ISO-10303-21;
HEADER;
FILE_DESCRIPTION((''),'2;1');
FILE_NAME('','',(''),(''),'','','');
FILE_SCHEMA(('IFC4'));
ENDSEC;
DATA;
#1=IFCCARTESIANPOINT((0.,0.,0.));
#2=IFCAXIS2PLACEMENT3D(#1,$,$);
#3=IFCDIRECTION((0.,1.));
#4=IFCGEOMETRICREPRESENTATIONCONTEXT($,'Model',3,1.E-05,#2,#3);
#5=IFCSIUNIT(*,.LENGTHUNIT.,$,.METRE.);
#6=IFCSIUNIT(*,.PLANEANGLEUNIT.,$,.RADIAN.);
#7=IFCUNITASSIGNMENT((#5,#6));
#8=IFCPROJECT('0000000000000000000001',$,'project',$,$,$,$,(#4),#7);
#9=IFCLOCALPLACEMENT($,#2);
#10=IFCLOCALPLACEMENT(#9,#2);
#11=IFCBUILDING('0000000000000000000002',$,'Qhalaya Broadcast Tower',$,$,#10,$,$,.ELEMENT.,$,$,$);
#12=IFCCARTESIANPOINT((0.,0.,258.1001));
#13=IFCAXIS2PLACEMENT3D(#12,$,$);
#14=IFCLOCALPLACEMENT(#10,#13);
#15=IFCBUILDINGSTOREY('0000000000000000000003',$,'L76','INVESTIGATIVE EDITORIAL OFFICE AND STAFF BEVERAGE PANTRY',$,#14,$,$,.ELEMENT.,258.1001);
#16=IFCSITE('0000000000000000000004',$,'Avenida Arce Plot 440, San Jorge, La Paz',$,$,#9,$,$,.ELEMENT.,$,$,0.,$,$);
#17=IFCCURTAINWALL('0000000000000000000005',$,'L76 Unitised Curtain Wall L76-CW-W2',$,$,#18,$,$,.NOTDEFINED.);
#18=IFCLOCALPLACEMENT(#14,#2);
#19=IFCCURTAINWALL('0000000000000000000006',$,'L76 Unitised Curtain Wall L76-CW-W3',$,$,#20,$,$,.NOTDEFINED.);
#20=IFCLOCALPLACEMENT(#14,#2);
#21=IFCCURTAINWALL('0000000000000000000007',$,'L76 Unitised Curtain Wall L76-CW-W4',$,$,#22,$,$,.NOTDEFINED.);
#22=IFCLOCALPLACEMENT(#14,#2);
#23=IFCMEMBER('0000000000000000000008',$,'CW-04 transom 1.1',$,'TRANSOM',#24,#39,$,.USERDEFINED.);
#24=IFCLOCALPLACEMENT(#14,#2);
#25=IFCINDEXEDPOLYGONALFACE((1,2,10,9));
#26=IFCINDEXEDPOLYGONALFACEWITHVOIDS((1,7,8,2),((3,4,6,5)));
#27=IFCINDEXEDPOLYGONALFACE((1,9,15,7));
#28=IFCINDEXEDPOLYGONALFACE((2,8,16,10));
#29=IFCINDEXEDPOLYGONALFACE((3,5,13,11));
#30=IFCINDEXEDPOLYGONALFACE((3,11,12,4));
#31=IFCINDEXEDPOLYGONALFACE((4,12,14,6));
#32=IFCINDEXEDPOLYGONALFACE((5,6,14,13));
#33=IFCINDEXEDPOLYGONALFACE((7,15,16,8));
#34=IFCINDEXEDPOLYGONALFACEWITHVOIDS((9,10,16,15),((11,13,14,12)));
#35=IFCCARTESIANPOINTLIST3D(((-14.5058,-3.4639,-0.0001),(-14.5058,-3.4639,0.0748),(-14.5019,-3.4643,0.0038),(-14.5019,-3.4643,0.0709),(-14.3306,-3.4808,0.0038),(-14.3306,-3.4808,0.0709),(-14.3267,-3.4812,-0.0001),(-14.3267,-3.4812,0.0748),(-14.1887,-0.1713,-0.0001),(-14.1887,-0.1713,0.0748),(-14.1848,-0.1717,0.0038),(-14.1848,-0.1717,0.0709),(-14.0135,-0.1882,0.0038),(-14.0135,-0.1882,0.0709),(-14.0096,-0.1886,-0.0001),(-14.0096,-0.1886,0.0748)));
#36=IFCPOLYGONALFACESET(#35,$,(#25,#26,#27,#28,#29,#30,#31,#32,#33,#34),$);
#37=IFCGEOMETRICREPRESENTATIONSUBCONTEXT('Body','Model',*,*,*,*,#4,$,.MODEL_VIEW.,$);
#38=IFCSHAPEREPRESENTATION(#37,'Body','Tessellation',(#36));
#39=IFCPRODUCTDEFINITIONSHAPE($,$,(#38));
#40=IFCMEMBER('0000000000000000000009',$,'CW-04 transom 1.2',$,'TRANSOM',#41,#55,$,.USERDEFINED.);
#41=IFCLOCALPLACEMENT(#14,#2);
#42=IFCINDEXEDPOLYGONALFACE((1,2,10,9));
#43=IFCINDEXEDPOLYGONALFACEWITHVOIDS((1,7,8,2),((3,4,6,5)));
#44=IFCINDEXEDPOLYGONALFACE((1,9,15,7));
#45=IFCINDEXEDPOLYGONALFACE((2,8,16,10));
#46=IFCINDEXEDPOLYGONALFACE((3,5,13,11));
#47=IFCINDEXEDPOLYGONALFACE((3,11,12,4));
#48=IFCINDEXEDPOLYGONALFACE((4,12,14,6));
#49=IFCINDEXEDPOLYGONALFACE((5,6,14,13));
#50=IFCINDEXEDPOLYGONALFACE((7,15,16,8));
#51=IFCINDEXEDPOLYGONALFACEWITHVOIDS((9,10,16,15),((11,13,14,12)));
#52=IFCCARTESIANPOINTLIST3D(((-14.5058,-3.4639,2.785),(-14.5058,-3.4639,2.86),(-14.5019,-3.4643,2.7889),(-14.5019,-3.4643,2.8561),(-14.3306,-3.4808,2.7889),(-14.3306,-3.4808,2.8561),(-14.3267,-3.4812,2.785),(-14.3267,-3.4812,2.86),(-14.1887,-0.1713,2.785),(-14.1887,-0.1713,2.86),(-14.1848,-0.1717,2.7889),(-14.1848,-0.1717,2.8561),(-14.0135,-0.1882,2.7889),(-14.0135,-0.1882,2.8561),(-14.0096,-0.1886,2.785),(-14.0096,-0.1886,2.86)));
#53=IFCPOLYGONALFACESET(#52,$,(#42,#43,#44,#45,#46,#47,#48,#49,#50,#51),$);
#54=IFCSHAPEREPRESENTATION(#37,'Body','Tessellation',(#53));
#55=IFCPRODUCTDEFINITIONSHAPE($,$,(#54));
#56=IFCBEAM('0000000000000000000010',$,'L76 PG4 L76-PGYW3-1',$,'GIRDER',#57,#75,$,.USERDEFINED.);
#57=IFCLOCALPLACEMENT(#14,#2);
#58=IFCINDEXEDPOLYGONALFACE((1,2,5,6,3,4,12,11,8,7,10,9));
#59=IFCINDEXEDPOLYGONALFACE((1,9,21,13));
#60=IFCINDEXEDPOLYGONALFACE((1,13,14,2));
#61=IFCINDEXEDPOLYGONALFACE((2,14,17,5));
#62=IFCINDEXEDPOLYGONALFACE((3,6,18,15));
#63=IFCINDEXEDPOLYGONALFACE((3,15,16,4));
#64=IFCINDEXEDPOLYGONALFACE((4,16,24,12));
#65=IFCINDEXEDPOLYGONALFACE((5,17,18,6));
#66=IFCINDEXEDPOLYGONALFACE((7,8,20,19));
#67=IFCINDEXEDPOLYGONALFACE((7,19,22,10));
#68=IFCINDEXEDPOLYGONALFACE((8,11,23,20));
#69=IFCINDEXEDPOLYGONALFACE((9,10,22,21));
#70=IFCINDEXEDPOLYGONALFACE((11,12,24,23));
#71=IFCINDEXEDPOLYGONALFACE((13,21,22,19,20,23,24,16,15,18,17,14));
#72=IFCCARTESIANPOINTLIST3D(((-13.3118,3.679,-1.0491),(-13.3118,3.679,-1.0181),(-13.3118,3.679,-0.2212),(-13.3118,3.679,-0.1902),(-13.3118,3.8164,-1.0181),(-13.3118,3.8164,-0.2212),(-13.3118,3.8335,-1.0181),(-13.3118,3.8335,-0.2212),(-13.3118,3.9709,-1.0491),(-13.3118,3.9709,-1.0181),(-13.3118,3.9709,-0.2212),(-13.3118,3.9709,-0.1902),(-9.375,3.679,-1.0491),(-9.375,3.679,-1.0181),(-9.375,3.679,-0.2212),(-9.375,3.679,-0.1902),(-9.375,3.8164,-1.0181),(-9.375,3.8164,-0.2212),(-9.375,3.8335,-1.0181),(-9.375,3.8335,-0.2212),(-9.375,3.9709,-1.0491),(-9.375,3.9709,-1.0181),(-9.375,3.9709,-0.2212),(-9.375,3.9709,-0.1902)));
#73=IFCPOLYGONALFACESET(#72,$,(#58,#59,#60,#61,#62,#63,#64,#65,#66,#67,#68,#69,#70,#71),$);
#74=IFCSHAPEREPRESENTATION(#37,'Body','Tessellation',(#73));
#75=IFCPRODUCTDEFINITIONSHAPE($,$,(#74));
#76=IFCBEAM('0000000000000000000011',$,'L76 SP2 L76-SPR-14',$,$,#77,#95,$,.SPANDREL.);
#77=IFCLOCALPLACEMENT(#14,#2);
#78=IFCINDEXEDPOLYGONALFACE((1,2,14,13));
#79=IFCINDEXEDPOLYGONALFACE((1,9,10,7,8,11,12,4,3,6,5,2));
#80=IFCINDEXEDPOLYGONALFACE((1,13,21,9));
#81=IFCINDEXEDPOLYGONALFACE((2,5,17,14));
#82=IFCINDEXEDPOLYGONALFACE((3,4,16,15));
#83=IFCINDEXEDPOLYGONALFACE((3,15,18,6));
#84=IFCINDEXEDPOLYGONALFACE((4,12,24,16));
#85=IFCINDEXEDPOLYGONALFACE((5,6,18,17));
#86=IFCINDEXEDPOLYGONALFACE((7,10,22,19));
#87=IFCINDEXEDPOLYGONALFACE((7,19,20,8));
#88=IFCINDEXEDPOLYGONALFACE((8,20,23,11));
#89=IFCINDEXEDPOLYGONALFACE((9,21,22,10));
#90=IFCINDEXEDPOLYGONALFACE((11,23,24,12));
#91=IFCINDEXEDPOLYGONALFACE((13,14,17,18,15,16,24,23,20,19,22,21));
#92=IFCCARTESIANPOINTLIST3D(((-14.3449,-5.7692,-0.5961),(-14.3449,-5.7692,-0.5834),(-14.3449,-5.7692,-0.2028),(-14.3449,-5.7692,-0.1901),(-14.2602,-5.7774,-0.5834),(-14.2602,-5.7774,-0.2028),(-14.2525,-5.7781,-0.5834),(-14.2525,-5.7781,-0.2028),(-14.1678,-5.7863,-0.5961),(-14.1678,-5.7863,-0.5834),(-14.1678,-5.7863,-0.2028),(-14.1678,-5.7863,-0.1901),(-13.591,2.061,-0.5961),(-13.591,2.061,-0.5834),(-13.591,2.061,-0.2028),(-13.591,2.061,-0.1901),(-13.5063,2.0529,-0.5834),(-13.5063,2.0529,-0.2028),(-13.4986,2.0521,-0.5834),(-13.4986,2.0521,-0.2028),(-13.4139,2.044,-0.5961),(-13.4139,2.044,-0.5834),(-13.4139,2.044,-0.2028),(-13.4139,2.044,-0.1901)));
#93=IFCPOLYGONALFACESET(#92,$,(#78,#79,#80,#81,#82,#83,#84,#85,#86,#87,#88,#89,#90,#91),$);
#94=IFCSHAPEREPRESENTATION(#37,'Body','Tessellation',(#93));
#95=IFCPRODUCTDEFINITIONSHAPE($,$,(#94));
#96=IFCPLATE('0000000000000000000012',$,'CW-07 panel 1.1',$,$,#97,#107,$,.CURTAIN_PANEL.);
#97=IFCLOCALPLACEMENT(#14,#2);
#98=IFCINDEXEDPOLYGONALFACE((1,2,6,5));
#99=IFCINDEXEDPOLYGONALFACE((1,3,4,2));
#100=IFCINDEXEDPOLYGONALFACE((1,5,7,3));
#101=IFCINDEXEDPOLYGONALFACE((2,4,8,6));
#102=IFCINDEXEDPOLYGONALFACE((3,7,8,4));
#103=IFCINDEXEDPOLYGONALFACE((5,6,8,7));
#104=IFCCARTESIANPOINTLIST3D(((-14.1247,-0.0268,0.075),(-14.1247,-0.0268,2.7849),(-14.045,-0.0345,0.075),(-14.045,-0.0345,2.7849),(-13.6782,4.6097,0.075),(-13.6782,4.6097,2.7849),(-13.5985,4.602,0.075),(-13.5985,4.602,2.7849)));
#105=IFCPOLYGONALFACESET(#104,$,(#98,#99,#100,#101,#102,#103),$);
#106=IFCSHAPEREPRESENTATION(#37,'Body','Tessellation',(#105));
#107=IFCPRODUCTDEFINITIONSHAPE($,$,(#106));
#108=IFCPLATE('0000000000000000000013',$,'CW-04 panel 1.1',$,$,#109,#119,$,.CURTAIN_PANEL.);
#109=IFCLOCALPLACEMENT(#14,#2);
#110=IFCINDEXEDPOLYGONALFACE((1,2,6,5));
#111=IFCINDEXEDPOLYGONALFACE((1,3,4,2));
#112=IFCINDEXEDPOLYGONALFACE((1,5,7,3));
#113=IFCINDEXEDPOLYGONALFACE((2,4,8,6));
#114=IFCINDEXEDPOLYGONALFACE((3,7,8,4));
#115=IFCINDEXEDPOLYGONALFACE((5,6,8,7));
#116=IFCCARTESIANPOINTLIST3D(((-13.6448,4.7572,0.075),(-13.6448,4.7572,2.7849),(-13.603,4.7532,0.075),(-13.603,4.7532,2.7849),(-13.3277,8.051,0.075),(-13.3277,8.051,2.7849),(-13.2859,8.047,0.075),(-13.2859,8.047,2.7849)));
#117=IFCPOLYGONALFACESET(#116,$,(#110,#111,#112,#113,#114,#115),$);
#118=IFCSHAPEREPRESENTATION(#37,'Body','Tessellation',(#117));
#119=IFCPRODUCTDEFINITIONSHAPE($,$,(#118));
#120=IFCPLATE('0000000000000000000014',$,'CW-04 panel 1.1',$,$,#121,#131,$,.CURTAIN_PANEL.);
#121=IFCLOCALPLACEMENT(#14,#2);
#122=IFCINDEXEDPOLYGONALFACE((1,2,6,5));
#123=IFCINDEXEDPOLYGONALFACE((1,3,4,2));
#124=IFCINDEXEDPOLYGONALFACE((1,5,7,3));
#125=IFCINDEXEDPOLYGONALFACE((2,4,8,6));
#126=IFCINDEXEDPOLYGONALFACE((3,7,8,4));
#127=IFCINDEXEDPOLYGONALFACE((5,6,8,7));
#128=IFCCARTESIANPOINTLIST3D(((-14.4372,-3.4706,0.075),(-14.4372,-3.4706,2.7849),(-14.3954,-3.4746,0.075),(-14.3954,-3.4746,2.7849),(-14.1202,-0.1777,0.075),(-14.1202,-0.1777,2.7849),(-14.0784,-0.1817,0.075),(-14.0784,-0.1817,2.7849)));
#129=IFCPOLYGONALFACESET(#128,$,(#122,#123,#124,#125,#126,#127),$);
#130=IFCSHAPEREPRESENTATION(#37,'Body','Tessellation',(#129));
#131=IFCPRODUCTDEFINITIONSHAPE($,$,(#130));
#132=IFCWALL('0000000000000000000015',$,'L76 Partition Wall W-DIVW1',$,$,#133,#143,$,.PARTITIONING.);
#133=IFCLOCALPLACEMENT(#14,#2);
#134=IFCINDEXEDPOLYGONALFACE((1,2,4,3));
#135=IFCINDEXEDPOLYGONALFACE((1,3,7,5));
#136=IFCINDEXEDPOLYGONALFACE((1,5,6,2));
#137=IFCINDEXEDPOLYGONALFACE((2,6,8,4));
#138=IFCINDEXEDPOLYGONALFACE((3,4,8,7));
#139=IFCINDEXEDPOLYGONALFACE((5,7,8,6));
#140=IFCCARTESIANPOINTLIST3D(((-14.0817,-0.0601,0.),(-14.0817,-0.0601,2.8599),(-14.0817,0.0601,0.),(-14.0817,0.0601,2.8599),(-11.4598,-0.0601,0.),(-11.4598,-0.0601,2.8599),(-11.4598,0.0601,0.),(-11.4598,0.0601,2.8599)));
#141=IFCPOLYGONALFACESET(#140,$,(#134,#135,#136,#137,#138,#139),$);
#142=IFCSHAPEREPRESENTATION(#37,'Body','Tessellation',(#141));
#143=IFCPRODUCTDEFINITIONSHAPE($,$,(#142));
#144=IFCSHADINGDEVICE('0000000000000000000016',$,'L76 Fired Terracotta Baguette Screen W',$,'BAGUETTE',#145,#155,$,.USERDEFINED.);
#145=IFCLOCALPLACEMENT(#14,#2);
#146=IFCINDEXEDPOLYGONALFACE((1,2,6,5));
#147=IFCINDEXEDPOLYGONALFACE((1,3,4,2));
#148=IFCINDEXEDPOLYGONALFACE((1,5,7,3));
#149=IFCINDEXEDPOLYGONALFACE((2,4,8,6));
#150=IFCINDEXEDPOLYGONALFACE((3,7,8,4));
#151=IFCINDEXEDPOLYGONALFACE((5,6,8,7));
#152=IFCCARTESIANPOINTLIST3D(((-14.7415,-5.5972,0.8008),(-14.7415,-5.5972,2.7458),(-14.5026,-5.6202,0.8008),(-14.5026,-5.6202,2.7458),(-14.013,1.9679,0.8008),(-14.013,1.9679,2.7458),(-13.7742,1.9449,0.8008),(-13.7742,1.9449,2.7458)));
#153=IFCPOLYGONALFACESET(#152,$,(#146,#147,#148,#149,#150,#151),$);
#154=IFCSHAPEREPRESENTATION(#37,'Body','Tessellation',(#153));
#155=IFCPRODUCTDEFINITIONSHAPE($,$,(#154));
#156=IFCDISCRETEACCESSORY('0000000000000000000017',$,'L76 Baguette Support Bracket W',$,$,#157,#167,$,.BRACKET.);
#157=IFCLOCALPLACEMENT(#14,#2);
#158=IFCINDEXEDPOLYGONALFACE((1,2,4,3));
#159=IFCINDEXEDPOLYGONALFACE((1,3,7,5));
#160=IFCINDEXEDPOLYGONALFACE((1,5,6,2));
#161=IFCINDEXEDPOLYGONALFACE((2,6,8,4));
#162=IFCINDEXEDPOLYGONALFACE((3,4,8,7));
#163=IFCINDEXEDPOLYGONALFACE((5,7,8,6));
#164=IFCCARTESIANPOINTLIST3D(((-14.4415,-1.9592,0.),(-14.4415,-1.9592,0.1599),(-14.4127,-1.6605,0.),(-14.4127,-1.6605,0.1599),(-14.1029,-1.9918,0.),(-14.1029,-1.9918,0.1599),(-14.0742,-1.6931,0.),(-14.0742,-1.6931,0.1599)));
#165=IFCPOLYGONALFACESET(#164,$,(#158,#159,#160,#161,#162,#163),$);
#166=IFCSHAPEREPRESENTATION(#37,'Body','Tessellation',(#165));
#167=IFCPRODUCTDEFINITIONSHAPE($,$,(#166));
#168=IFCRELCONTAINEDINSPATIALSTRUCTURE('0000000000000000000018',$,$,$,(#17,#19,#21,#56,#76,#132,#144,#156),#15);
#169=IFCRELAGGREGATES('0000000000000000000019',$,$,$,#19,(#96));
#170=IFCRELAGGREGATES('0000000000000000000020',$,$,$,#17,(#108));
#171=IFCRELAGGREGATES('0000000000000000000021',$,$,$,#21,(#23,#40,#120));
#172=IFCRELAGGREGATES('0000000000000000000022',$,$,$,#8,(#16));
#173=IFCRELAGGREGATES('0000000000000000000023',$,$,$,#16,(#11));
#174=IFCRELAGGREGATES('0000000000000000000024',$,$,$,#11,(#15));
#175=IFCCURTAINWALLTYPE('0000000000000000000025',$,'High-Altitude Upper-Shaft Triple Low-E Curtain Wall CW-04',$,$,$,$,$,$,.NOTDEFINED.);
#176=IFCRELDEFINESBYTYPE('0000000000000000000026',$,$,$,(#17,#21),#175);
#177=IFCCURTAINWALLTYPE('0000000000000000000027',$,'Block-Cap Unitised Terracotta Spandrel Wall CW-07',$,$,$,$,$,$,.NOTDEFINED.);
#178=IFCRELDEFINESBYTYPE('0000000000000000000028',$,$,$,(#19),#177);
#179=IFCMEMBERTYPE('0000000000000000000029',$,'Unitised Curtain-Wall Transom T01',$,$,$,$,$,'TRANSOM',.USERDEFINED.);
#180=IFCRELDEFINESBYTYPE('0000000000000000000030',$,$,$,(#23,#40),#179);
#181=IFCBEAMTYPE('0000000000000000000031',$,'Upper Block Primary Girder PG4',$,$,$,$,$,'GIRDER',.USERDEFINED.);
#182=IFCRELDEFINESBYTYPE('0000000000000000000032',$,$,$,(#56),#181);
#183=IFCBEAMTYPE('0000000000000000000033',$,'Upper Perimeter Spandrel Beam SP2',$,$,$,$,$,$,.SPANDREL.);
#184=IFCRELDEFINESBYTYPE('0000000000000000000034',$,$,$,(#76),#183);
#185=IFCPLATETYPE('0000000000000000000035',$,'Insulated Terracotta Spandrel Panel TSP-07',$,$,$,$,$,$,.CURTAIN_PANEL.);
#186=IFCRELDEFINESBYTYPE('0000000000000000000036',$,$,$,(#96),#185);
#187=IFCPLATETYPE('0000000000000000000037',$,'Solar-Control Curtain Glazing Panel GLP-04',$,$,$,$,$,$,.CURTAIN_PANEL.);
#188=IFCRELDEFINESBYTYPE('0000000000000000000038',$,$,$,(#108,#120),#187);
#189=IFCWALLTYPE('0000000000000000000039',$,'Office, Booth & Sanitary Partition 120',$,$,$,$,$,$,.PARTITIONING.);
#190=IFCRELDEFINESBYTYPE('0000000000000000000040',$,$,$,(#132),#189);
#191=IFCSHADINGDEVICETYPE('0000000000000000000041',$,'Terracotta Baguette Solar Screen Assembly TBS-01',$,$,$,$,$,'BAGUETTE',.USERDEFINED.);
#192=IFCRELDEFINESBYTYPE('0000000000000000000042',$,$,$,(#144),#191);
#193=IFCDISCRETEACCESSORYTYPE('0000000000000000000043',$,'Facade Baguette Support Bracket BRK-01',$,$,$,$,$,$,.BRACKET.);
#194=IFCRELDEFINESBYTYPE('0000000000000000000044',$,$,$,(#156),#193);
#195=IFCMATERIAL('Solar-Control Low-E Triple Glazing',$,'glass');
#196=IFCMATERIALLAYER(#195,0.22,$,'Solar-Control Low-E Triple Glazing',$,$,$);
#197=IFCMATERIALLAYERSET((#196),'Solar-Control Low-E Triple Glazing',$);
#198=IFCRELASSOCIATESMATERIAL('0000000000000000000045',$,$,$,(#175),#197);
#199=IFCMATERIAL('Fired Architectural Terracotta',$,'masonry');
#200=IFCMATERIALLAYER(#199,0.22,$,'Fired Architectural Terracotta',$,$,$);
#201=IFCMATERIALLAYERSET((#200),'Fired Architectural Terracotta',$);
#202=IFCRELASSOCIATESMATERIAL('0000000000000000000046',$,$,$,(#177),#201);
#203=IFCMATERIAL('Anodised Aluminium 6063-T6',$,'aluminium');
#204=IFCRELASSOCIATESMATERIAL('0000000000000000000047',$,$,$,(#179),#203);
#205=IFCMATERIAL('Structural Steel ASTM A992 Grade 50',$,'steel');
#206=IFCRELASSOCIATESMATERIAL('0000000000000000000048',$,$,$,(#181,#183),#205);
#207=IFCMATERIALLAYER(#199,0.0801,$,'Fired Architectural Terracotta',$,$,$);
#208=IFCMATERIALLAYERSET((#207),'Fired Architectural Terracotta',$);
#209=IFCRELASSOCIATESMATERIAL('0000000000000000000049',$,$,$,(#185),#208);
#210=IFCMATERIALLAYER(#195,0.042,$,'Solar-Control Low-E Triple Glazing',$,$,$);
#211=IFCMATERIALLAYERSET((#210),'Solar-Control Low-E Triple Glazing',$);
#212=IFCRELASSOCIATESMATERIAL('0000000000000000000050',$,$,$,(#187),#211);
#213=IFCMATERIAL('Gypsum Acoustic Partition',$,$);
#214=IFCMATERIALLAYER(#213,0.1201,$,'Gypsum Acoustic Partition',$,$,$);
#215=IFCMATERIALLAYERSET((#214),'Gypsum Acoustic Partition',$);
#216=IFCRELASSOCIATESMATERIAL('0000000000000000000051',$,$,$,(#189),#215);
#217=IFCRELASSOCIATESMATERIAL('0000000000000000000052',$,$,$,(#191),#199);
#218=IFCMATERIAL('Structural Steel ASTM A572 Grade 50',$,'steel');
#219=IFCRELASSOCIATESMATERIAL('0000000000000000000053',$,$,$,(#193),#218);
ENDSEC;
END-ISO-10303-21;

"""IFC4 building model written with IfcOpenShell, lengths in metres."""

from ifc_helpers import new_model, si_unit, direction, frame, frame_2d, origin, origin_2d, place, context, subcontext, project, spatial, rectangle, hollow_rectangle, i_section, extrude, material, layer, layer_set, material_profile, profile_set, type_object, element, aggregate, save


model = new_model("IFC4")

# Units and contexts
model_context = context("Model", 3, precision=1e-05, world=origin(), true_north=direction((0.0, 1.0)))
body_context = subcontext(model_context, "Body", "Model", "MODEL_VIEW")
ifc_project = project(units=[si_unit("LENGTHUNIT", "METRE"), si_unit("PLANEANGLEUNIT", "RADIAN")], contexts=[model_context])

# Site, building, storey
site_placement = place(None, origin())
site = spatial("IfcSite", under=ifc_project, at=site_placement, Name="Avenida Arce Plot 440, San Jorge, La Paz", CompositionType="ELEMENT", RefElevation=0.0)
building_placement = place(site_placement, origin())
building = spatial("IfcBuilding", under=site, at=building_placement, Name="Qhalaya Broadcast Tower", CompositionType="ELEMENT")
storey_placement = place(building_placement, frame((0.0, 0.0, 258.1001)))
storey = spatial("IfcBuildingStorey", under=building, at=storey_placement, Name="L76", Description="INVESTIGATIVE EDITORIAL OFFICE AND STAFF BEVERAGE PANTRY", CompositionType="ELEMENT", Elevation=258.1001)

# Shared definitions
ifc_material_1 = material(Name="Structural Steel ASTM A572 Grade 50", Category="steel")

# Shared definitions
ifc_material_2 = material(Name="Structural Steel ASTM A992 Grade 50", Category="steel")

# Curtain wall
ifc_material_3 = material(Name="Solar-Control Low-E Triple Glazing", Category="glass")
ifc_layer_1 = layer(ifc_material_3, 0.22, Name="Solar-Control Low-E Triple Glazing")
ifc_layer_set_1 = layer_set([ifc_layer_1], Name="Solar-Control Low-E Triple Glazing")
curtain_wall_type_1 = type_object("IfcCurtainWallType", Name="High-Altitude Upper-Shaft Triple Low-E Curtain Wall CW-04", PredefinedType="NOTDEFINED", material=ifc_layer_set_1)
curtain_wall_1_placement = place(storey_placement, origin())
curtain_wall_1 = element("IfcCurtainWall", 1, at=curtain_wall_1_placement, inside=storey, type_object=curtain_wall_type_1, Name="L76 Unitised Curtain Wall L76-CW-W2", PredefinedType="NOTDEFINED")
ifc_material_4 = material(Name="Anodised Aluminium 6063-T6", Category="aluminium")

# Curtain wall
ifc_material_5 = material(Name="Fired Architectural Terracotta", Category="masonry")
ifc_layer_2 = layer(ifc_material_5, 0.22, Name="Fired Architectural Terracotta")
ifc_layer_set_2 = layer_set([ifc_layer_2], Name="Fired Architectural Terracotta")
curtain_wall_type_2 = type_object("IfcCurtainWallType", Name="Block-Cap Unitised Terracotta Spandrel Wall CW-07", PredefinedType="NOTDEFINED", material=ifc_layer_set_2)
curtain_wall_2_placement = place(storey_placement, origin())
curtain_wall_2 = element("IfcCurtainWall", 2, at=curtain_wall_2_placement, inside=storey, type_object=curtain_wall_type_2, Name="L76 Unitised Curtain Wall L76-CW-W3", PredefinedType="NOTDEFINED")

# Curtain wall
curtain_wall_3_placement = place(storey_placement, origin())
curtain_wall_3 = element("IfcCurtainWall", 3, at=curtain_wall_3_placement, inside=storey, type_object=curtain_wall_type_1, Name="L76 Unitised Curtain Wall L76-CW-W4", PredefinedType="NOTDEFINED")

# Members
ifc_material_profile_1 = material_profile(ifc_material_4, hollow_rectangle(XDim=0.075, YDim=0.1799, WallThickness=0.0039, at=origin_2d()), Name="ALU-TRN 75x180x4")
ifc_profile_set_1 = profile_set([ifc_material_profile_1], Name="Anodised Aluminium 6063-T6")
member_type_1 = type_object("IfcMemberType", Name="Unitised Curtain-Wall Transom T01", ElementType="TRANSOM", PredefinedType="USERDEFINED", material=ifc_profile_set_1)
member_1_placement = place(storey_placement, frame((-14.0991, -0.1799, 0.0374), z_axis=(-0.095871, -0.995394, 0.0), x_axis=(0.0, 0.0, 1.0)))
member_1 = element("IfcMember", 4, at=member_1_placement, type_object=member_type_1, Name="CW-04 transom 1.1", ObjectType="TRANSOM", PredefinedType="USERDEFINED", context=body_context, shape_type="SweptSolid", body=[
    extrude(hollow_rectangle(XDim=0.075, YDim=0.1799, WallThickness=0.0039, at=origin_2d()), origin(), (0.0, 0.0, 1.0), 3.3079),
])
member_2_placement = place(storey_placement, frame((-14.0991, -0.1799, 2.8225), z_axis=(-0.095871, -0.995394, 0.0), x_axis=(0.0, 0.0, 1.0)))
member_2 = element("IfcMember", 5, at=member_2_placement, type_object=member_type_1, Name="CW-04 transom 1.2", ObjectType="TRANSOM", PredefinedType="USERDEFINED", context=body_context, shape_type="SweptSolid", body=[
    extrude(hollow_rectangle(XDim=0.075, YDim=0.1799, WallThickness=0.0039, at=origin_2d()), origin(), (0.0, 0.0, 1.0), 3.3079),
])

# Beams
ifc_material_profile_2 = material_profile(ifc_material_2, i_section(OverallWidth=0.292, OverallDepth=0.8589, WebThickness=0.0171, FlangeThickness=0.031, at=origin_2d()), Name="W33X169")
ifc_profile_set_2 = profile_set([ifc_material_profile_2], Name="Structural Steel ASTM A992 Grade 50")
beam_type_1 = type_object("IfcBeamType", Name="Upper Block Primary Girder PG4", ElementType="GIRDER", PredefinedType="USERDEFINED", material=ifc_profile_set_2)
beam_1_placement = place(storey_placement, frame((-13.3118, 3.825, -0.6196), z_axis=(1.0, 0.0, 0.0), x_axis=(0.0, 1.0, 0.0)))
element("IfcBeam", 6, at=beam_1_placement, inside=storey, type_object=beam_type_1, Name="L76 PG4 L76-PGYW3-1", ObjectType="GIRDER", PredefinedType="USERDEFINED", context=body_context, shape_type="SweptSolid", body=[
    extrude(i_section(OverallWidth=0.292, OverallDepth=0.8589, WebThickness=0.0171, FlangeThickness=0.031, at=origin_2d()), origin(), (0.0, 0.0, 1.0), 3.9368),
])
ifc_material_profile_3 = material_profile(ifc_material_2, i_section(OverallWidth=0.178, OverallDepth=0.406, WebThickness=0.0078, FlangeThickness=0.0127, at=origin_2d()), Name="W16X40")
ifc_profile_set_3 = profile_set([ifc_material_profile_3], Name="Structural Steel ASTM A992 Grade 50")
beam_type_2 = type_object("IfcBeamType", Name="Upper Perimeter Spandrel Beam SP2", PredefinedType="SPANDREL", material=ifc_profile_set_3)
beam_2_placement = place(storey_placement, frame((-13.5024, 2.0525, -0.3931), z_axis=(-0.095837, -0.995397, 0.0), x_axis=(0.995397, -0.095837, 0.0)))
element("IfcBeam", 7, at=beam_2_placement, inside=storey, type_object=beam_type_2, Name="L76 SP2 L76-SPR-14", PredefinedType="SPANDREL", context=body_context, shape_type="SweptSolid", body=[
    extrude(i_section(OverallWidth=0.178, OverallDepth=0.406, WebThickness=0.0078, FlangeThickness=0.0127, at=origin_2d()), origin(), (0.0, 0.0, 1.0), 7.8665),
])

# Plates
ifc_layer_3 = layer(ifc_material_5, 0.0801, Name="Fired Architectural Terracotta")
ifc_layer_set_3 = layer_set([ifc_layer_3], Name="Fired Architectural Terracotta")
plate_type_1 = type_object("IfcPlateType", Name="Insulated Terracotta Spandrel Panel TSP-07", PredefinedType="CURTAIN_PANEL", material=ifc_layer_set_3)
plate_1_placement = place(storey_placement, frame((-13.8616, 2.2876, 0.075), z_axis=(0.0, 0.0, 1.0), x_axis=(-0.095862, -0.995395, 0.0)))
plate_1 = element("IfcPlate", 8, at=plate_1_placement, type_object=plate_type_1, Name="CW-07 panel 1.1", PredefinedType="CURTAIN_PANEL", context=body_context, shape_type="SweptSolid", body=[
    extrude(rectangle(XDim=4.658, YDim=0.0801, at=origin_2d()), origin(), (0.0, 0.0, 1.0), 2.71),
])
aggregate(curtain_wall_2, [plate_1])
ifc_layer_4 = layer(ifc_material_3, 0.042, Name="Solar-Control Low-E Triple Glazing")
ifc_layer_set_4 = layer_set([ifc_layer_4], Name="Solar-Control Low-E Triple Glazing")
plate_type_2 = type_object("IfcPlateType", Name="Solar-Control Curtain Glazing Panel GLP-04", PredefinedType="CURTAIN_PANEL", material=ifc_layer_set_4)
plate_2_placement = place(storey_placement, frame((-13.4653, 6.4021, 0.075), z_axis=(0.0, 0.0, 1.0), x_axis=(-0.095836, -0.995397, 0.0)))
plate_2 = element("IfcPlate", 9, at=plate_2_placement, type_object=plate_type_2, Name="CW-04 panel 1.1", PredefinedType="CURTAIN_PANEL", context=body_context, shape_type="SweptSolid", body=[
    extrude(rectangle(XDim=3.3091, YDim=0.042, at=origin_2d()), origin(), (0.0, 0.0, 1.0), 2.71),
])
aggregate(curtain_wall_1, [plate_2])
plate_3_placement = place(storey_placement, frame((-14.2578, -1.8262, 0.075), z_axis=(0.0, 0.0, 1.0), x_axis=(-0.095835, -0.995397, 0.0)))
plate_3 = element("IfcPlate", 10, at=plate_3_placement, type_object=plate_type_2, Name="CW-04 panel 1.1", PredefinedType="CURTAIN_PANEL", context=body_context, shape_type="SweptSolid", body=[
    extrude(rectangle(XDim=3.3081, YDim=0.042, at=origin_2d()), origin(), (0.0, 0.0, 1.0), 2.71),
])
aggregate(curtain_wall_3, [member_1, member_2, plate_3])

# Wall
ifc_material_6 = material(Name="Gypsum Acoustic Partition")
ifc_layer_5 = layer(ifc_material_6, 0.1201, Name="Gypsum Acoustic Partition")
ifc_layer_set_5 = layer_set([ifc_layer_5], Name="Gypsum Acoustic Partition")
wall_type = type_object("IfcWallType", Name="Office, Booth & Sanitary Partition 120", PredefinedType="PARTITIONING", material=ifc_layer_set_5)
wall_placement = place(storey_placement, frame((-14.0818, 0.0, 0.0), z_axis=(0.0, 0.0, 1.0), x_axis=(1.0, 0.0, 0.0)))
element("IfcWall", 11, at=wall_placement, inside=storey, type_object=wall_type, Name="L76 Partition Wall W-DIVW1", PredefinedType="PARTITIONING", context=body_context, shape_type="SweptSolid", body=[
    extrude(rectangle(XDim=2.6218, YDim=0.1201, at=frame_2d((1.311, 0.0))), origin(), (0.0, 0.0, 1.0), 2.8599),
])

# Shading device
shading_device_type = type_object("IfcShadingDeviceType", Name="Terracotta Baguette Solar Screen Assembly TBS-01", ElementType="BAGUETTE", PredefinedType="USERDEFINED", material=ifc_material_5)
shading_device_placement = place(storey_placement, frame((-14.2578, -1.8262, 0.8008), z_axis=(0.0, 0.0, 1.0), x_axis=(-0.095846, -0.995396, 0.0)))
element("IfcShadingDevice", 12, at=shading_device_placement, inside=storey, type_object=shading_device_type, Name="L76 Fired Terracotta Baguette Screen W", ObjectType="BAGUETTE", PredefinedType="USERDEFINED", context=body_context, shape_type="SweptSolid", body=[
    extrude(rectangle(XDim=7.6001, YDim=0.24, at=origin_2d()), origin(), (0.0, 0.0, 1.0), 1.9451),
])

# Discrete accessory
discrete_accessory_type = type_object("IfcDiscreteAccessoryType", Name="Facade Baguette Support Bracket BRK-01", PredefinedType="BRACKET", material=ifc_material_1)
discrete_accessory_placement = place(storey_placement, frame((-14.2578, -1.8262, 0.0), z_axis=(0.0, 0.0, 1.0), x_axis=(-0.095846, -0.995396, 0.0)))
element("IfcDiscreteAccessory", 13, at=discrete_accessory_placement, inside=storey, type_object=discrete_accessory_type, Name="L76 Baguette Support Bracket W", PredefinedType="BRACKET", context=body_context, shape_type="SweptSolid", body=[
    extrude(rectangle(XDim=0.3, YDim=0.3401, at=origin_2d()), origin(), (0.0, 0.0, 1.0), 0.1599),
])

save(model, "model.ifc")
